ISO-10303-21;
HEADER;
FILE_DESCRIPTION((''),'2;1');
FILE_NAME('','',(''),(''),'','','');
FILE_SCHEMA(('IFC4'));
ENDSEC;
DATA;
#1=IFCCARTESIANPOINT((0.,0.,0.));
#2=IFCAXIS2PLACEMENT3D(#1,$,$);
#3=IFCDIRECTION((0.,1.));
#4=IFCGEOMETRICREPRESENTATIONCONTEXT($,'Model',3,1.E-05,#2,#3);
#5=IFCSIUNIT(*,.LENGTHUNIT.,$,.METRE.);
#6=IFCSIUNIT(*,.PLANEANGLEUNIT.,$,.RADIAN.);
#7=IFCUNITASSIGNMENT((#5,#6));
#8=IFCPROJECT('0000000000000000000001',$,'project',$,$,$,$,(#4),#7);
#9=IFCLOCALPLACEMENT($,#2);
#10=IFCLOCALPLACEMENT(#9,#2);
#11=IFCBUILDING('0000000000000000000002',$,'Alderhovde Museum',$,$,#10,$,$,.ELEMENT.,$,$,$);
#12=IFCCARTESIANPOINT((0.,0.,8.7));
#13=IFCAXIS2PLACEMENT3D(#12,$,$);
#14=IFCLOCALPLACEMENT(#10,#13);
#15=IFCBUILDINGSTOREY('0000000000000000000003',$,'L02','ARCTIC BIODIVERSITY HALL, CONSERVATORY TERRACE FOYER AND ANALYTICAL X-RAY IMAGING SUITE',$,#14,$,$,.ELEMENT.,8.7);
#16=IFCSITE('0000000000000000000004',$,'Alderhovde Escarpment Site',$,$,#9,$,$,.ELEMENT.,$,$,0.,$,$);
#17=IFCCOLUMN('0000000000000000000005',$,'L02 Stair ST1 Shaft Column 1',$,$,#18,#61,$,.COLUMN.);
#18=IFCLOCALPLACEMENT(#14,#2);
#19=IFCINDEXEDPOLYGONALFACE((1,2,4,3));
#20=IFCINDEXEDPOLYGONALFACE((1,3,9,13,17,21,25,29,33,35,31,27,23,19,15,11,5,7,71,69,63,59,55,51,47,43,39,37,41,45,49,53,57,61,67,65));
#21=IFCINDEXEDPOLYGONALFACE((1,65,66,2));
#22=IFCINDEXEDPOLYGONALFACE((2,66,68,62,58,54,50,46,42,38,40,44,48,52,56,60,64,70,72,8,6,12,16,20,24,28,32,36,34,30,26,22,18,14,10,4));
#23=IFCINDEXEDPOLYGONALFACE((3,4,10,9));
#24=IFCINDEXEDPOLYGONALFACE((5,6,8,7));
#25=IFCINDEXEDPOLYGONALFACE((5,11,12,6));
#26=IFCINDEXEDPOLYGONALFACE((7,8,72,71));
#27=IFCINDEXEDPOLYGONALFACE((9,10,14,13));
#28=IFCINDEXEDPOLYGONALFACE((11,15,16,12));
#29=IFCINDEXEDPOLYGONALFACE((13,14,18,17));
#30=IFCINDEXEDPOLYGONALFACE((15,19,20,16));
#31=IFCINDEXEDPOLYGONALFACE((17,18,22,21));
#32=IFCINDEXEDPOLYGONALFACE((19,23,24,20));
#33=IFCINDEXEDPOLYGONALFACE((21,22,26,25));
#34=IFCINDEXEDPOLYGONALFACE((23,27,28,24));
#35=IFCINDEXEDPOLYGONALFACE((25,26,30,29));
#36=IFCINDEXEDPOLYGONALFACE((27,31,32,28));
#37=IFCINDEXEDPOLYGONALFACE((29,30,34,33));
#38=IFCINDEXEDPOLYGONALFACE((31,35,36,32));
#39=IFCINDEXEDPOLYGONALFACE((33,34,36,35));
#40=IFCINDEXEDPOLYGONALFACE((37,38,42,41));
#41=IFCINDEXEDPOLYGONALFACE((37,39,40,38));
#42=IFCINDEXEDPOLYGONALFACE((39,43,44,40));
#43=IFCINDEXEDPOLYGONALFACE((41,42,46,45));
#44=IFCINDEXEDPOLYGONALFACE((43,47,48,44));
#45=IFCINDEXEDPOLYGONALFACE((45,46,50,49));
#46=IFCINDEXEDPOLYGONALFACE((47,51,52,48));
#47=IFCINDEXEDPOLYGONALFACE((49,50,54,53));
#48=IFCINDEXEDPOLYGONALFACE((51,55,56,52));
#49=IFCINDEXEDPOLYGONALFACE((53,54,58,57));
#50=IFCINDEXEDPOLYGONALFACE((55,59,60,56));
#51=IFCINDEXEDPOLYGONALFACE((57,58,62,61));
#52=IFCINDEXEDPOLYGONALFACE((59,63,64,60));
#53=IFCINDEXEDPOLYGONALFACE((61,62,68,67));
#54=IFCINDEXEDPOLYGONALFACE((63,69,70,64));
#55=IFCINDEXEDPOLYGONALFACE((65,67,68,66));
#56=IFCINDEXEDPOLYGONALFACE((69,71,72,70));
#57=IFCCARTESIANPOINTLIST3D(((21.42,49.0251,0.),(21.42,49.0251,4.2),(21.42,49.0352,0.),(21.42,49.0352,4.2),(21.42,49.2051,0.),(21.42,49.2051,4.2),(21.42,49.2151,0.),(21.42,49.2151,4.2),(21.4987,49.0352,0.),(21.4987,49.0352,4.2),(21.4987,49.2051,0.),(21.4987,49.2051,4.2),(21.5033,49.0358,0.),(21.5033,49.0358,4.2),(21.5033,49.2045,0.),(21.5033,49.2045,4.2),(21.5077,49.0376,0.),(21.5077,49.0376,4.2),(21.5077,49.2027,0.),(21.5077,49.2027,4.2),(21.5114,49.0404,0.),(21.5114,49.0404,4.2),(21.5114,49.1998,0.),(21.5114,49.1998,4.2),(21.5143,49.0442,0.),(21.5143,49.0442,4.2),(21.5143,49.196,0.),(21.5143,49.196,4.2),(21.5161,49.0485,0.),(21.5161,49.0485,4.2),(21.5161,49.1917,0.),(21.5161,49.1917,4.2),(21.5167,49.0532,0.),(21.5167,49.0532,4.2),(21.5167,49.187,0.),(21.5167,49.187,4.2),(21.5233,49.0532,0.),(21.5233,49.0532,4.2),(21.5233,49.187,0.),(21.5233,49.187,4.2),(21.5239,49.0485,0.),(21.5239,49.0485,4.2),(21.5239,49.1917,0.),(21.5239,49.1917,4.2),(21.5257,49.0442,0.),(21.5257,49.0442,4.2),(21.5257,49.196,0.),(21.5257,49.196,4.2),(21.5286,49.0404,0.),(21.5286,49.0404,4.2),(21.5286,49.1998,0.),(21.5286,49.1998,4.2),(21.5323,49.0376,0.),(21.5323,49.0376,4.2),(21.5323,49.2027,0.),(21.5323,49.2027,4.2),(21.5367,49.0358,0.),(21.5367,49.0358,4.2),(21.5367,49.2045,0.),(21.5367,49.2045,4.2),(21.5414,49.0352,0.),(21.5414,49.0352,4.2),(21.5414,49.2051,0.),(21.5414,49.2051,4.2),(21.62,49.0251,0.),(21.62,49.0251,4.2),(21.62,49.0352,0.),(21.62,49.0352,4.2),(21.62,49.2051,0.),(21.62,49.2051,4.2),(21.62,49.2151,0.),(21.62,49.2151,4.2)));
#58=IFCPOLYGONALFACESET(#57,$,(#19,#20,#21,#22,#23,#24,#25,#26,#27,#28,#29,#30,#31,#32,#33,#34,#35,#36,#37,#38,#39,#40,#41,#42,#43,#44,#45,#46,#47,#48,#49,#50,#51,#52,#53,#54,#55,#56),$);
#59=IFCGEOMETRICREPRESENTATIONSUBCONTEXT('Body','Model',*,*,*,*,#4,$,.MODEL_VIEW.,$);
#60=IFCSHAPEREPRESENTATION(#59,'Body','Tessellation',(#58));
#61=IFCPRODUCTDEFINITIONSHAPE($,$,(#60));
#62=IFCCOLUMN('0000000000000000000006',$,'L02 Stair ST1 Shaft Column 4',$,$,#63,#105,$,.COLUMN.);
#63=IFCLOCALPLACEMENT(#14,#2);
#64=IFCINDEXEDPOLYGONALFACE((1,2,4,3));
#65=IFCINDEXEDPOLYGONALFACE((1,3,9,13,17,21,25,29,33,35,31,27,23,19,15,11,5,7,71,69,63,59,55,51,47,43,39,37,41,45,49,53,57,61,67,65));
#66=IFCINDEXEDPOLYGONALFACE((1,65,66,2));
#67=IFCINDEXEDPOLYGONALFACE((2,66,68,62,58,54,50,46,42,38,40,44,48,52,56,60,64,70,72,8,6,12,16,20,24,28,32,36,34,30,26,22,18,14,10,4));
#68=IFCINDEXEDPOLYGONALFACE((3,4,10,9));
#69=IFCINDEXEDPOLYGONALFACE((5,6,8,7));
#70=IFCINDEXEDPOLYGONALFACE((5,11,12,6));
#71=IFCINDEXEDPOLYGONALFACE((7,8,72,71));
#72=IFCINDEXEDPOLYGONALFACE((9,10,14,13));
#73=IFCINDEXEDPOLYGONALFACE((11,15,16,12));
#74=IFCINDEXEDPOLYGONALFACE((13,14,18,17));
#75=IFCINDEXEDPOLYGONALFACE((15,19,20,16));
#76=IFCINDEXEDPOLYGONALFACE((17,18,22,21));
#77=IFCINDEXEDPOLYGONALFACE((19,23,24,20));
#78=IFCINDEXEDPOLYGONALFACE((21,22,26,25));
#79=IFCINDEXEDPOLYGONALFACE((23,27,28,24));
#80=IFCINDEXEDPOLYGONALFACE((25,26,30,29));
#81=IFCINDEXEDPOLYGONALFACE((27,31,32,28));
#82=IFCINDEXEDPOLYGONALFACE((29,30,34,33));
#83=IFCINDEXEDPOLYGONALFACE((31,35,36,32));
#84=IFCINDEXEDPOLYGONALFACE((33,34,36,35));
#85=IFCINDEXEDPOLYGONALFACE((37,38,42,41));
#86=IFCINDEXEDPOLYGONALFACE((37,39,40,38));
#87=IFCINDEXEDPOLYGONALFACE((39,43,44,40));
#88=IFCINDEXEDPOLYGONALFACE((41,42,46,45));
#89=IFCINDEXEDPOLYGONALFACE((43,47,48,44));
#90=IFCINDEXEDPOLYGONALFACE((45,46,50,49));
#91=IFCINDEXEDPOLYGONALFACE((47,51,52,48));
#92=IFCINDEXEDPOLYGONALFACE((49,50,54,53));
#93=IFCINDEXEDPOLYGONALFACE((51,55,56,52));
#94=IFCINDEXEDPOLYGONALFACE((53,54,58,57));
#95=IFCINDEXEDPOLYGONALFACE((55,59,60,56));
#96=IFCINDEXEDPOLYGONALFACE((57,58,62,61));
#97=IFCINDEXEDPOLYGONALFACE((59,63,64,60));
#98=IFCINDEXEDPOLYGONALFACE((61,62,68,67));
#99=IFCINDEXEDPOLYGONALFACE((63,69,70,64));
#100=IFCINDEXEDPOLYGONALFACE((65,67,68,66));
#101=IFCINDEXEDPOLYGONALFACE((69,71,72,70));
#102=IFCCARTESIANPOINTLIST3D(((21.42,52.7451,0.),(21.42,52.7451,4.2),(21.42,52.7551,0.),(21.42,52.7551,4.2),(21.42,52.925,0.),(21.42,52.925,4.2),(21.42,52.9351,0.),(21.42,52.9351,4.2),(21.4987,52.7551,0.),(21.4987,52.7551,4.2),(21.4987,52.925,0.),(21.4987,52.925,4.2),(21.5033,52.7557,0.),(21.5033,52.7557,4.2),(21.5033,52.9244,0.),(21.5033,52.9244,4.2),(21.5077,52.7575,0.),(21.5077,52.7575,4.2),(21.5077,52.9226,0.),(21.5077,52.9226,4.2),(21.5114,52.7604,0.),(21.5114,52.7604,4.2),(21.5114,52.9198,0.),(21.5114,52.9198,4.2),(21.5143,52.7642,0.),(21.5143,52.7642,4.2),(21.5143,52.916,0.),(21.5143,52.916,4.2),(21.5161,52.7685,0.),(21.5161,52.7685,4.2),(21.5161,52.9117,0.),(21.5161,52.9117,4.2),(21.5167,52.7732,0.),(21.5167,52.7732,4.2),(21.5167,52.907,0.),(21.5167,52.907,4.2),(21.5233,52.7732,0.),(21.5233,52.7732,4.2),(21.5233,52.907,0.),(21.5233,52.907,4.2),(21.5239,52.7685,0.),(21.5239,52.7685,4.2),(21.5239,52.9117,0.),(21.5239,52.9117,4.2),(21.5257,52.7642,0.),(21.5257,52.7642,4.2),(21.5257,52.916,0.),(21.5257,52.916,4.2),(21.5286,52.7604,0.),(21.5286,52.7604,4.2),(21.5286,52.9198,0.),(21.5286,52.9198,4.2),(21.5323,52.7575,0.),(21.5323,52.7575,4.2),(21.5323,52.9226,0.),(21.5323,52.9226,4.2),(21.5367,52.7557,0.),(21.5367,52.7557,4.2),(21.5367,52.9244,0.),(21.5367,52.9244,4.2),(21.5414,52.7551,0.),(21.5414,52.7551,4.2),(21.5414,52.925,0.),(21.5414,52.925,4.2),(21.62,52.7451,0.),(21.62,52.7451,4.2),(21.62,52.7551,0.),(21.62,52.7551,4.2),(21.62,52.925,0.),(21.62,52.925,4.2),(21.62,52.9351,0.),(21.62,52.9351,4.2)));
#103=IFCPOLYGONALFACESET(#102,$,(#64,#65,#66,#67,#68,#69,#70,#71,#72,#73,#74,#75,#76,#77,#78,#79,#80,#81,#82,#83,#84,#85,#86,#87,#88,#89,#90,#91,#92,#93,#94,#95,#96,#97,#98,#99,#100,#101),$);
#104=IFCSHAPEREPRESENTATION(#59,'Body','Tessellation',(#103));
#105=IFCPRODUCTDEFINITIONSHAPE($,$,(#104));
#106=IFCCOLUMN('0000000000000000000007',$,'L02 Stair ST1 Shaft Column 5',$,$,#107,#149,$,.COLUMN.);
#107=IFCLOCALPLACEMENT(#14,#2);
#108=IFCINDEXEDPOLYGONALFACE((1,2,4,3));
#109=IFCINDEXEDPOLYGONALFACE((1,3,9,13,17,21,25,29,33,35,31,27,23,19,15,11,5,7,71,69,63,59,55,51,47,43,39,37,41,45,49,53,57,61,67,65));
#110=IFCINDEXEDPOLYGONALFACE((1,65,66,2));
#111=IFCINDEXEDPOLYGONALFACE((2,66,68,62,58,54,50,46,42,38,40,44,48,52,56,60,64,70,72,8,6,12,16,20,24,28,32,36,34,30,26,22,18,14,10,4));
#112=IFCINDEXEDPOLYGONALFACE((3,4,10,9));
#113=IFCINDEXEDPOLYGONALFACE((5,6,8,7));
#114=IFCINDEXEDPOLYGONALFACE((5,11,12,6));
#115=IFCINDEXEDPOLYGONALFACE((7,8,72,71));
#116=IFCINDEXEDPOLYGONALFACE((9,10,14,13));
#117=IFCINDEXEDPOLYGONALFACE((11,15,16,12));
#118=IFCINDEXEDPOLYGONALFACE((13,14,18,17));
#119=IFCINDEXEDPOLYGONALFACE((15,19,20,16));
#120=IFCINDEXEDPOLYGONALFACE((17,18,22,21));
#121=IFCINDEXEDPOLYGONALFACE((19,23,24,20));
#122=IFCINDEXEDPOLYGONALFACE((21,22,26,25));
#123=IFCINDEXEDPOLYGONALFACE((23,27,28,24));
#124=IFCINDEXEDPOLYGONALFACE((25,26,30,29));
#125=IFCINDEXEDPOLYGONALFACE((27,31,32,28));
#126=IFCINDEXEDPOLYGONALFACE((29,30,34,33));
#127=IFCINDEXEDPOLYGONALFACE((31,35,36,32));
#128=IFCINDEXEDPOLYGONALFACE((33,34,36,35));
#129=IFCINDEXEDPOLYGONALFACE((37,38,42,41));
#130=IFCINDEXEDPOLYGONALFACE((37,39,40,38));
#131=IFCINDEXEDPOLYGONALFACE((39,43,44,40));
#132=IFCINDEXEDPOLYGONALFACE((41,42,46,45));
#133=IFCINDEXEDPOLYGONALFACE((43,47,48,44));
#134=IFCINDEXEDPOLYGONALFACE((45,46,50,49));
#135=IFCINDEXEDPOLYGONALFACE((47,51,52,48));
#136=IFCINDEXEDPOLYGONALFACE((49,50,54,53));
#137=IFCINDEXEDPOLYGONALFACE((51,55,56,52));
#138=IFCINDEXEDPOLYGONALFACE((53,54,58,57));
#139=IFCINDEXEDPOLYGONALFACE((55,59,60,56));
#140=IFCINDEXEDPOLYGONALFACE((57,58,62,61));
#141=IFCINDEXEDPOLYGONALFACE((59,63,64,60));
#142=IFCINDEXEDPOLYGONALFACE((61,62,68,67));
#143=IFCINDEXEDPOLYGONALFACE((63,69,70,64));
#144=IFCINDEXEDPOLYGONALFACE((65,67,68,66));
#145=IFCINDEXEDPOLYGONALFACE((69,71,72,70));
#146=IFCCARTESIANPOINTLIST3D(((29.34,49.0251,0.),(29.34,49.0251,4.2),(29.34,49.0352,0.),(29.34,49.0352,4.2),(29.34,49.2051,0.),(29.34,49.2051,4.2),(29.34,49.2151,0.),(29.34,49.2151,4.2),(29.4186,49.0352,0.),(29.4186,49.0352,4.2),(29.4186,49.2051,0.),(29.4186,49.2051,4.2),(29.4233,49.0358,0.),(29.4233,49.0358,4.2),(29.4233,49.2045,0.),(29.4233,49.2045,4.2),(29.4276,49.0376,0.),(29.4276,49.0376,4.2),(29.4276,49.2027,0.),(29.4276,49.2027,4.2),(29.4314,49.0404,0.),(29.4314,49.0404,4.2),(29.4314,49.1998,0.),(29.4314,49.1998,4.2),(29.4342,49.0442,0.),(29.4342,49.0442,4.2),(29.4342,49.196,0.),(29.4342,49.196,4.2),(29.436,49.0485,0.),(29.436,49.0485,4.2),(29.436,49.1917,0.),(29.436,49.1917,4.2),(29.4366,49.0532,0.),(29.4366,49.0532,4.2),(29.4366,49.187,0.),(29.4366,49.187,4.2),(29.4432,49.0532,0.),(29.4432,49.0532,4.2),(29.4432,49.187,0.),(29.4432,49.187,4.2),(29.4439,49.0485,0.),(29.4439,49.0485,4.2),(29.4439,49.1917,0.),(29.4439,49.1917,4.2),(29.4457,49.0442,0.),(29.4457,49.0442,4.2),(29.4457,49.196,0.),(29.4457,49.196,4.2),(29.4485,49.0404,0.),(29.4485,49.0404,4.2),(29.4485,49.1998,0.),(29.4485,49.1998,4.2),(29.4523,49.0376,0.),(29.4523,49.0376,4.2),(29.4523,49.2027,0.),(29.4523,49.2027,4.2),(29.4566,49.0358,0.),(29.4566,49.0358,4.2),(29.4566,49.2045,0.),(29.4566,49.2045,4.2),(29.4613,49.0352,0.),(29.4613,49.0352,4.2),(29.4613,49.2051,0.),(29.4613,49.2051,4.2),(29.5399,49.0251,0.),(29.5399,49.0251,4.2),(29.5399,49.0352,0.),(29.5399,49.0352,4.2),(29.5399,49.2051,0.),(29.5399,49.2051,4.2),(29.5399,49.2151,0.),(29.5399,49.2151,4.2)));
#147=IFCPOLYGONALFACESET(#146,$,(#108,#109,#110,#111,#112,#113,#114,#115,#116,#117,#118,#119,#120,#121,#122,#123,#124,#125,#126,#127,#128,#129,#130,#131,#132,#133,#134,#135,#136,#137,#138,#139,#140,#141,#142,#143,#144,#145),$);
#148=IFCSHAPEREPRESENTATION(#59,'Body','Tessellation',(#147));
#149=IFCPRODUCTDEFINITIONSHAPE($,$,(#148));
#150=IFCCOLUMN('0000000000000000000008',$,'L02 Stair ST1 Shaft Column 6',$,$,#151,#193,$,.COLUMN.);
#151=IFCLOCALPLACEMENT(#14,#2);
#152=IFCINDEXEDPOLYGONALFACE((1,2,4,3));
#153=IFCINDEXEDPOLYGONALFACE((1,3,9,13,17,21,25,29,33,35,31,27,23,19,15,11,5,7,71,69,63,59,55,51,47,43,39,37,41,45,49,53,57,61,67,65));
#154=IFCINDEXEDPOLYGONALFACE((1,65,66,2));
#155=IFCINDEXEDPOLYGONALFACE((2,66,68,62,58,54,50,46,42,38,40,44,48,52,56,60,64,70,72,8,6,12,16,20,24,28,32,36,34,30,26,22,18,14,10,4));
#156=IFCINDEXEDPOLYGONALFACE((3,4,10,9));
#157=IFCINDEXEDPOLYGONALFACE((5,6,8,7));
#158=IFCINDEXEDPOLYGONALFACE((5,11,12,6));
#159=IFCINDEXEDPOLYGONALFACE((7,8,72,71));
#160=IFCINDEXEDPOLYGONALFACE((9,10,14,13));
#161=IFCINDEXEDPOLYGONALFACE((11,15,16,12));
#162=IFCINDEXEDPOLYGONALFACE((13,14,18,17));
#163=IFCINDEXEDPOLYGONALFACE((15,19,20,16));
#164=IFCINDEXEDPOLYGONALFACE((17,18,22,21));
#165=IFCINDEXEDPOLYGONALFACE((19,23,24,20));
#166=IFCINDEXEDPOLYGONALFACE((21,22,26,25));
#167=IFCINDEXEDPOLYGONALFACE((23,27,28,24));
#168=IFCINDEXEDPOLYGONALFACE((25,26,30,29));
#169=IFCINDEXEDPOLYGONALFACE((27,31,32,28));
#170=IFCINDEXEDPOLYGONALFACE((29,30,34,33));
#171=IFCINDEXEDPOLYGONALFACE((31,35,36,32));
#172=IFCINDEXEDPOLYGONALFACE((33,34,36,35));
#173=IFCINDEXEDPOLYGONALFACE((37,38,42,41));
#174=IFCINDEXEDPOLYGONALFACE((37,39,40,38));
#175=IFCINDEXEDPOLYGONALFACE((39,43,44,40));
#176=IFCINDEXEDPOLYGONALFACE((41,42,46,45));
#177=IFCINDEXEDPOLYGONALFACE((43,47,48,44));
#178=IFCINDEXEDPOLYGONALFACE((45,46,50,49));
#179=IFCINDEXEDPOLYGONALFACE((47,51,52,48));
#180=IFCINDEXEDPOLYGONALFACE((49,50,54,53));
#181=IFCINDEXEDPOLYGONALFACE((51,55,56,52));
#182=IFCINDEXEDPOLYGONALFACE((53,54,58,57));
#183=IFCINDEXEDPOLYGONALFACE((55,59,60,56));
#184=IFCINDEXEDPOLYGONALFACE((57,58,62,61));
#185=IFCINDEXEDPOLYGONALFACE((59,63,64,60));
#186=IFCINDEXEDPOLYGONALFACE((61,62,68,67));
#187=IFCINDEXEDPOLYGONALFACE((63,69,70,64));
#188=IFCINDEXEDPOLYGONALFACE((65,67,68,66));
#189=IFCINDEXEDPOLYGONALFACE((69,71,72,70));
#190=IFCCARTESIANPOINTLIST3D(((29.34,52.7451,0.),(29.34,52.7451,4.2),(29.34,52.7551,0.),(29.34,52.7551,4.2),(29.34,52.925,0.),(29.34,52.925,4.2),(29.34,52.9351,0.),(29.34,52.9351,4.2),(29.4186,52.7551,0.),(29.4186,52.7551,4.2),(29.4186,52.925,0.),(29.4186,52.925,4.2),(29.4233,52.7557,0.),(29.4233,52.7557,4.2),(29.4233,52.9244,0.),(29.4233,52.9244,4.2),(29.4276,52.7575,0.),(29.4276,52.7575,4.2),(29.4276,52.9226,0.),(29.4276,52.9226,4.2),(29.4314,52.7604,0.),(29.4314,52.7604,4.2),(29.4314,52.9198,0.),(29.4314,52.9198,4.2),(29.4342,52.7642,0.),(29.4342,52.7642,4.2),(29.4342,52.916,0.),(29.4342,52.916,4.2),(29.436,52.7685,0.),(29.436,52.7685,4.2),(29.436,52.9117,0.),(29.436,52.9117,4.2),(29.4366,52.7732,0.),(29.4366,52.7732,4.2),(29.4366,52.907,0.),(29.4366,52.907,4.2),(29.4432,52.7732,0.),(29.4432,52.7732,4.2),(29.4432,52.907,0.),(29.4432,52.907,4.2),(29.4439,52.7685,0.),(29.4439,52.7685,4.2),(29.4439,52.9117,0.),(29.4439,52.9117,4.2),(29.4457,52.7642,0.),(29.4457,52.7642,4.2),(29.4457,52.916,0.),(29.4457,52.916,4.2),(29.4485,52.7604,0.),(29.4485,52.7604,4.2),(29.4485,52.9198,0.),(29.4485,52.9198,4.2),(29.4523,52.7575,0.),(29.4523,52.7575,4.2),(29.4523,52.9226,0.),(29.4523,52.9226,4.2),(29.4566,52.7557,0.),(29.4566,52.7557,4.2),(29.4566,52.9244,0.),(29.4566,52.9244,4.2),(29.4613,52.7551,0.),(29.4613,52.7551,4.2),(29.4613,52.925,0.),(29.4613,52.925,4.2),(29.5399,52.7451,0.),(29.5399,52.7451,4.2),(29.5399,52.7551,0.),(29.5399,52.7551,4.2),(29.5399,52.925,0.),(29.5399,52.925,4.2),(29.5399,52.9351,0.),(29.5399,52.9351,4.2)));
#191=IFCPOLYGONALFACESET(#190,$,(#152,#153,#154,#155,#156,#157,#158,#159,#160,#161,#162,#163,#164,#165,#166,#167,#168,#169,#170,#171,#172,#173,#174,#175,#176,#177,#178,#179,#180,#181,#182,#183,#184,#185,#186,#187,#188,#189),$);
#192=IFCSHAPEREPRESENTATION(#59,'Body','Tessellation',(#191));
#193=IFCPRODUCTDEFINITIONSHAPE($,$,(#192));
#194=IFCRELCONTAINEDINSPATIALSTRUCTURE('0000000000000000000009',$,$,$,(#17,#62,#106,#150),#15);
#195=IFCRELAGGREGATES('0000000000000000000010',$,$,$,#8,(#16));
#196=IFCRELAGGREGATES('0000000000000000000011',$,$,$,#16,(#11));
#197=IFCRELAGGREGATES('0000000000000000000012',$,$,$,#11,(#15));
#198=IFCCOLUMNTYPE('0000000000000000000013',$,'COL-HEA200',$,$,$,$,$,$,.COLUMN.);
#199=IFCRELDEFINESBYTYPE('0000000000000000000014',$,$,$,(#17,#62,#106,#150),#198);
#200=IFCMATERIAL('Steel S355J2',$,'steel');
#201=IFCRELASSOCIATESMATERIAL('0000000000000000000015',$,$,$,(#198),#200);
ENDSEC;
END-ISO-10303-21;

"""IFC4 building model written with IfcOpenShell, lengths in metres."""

from ifc_helpers import new_model, si_unit, direction, frame, origin, origin_2d, place, context, subcontext, project, spatial, i_section, extrude, material, material_profile, profile_set, type_object, element, save


model = new_model("IFC4")

# Units and contexts
model_context = context("Model", 3, precision=1e-05, world=origin(), true_north=direction((0.0, 1.0)))
body_context = subcontext(model_context, "Body", "Model", "MODEL_VIEW")
ifc_project = project(units=[si_unit("LENGTHUNIT", "METRE"), si_unit("PLANEANGLEUNIT", "RADIAN")], contexts=[model_context])

# Site, building, storey
site_placement = place(None, origin())
site = spatial("IfcSite", under=ifc_project, at=site_placement, Name="Alderhovde Escarpment Site", CompositionType="ELEMENT", RefElevation=0.0)
building_placement = place(site_placement, origin())
building = spatial("IfcBuilding", under=site, at=building_placement, Name="Alderhovde Museum", CompositionType="ELEMENT")
storey_placement = place(building_placement, frame((0.0, 0.0, 8.7)))
storey = spatial("IfcBuildingStorey", under=building, at=storey_placement, Name="L02", Description="ARCTIC BIODIVERSITY HALL, CONSERVATORY TERRACE FOYER AND ANALYTICAL X-RAY IMAGING SUITE", CompositionType="ELEMENT", Elevation=8.7)

# Columns
ifc_material_1 = material(Name="Steel S355J2", Category="steel")
ifc_material_profile_1 = material_profile(ifc_material_1, i_section(OverallWidth=0.2, OverallDepth=0.1899, WebThickness=0.0066, FlangeThickness=0.01, FilletRadius=0.0181, at=origin_2d()), Name="HEA 200")
ifc_profile_set_1 = profile_set([ifc_material_profile_1], Name="Steel S355J2")
column_type_1 = type_object("IfcColumnType", Name="COL-HEA200", PredefinedType="COLUMN", material=ifc_profile_set_1)
for number, where, z_axis, x_axis, name in (
    (1, (21.52, 49.1201, 0.0), (0.0, 0.0, 1.0), (1.0, 0.0, 0.0), "L02 Stair ST1 Shaft Column 1"),
    (2, (21.52, 52.8401, 0.0), (0.0, 0.0, 1.0), (1.0, 0.0, 0.0), "L02 Stair ST1 Shaft Column 4"),
    (3, (29.4399, 49.1201, 0.0), (0.0, 0.0, 1.0), (1.0, 0.0, 0.0), "L02 Stair ST1 Shaft Column 5"),
    (4, (29.4399, 52.8401, 0.0), (0.0, 0.0, 1.0), (1.0, 0.0, 0.0), "L02 Stair ST1 Shaft Column 6"),
):
    element("IfcColumn", number, at=place(storey_placement, frame(where, z_axis=z_axis, x_axis=x_axis)), inside=storey, type_object=column_type_1, Name=name, PredefinedType="COLUMN", context=body_context, shape_type="SweptSolid", body=[
        extrude(i_section(OverallWidth=0.2, OverallDepth=0.1899, WebThickness=0.0066, FlangeThickness=0.01, FilletRadius=0.0181, at=origin_2d()), origin(), (0.0, 0.0, 1.0), 4.2),
    ])

save(model, "model.ifc")
